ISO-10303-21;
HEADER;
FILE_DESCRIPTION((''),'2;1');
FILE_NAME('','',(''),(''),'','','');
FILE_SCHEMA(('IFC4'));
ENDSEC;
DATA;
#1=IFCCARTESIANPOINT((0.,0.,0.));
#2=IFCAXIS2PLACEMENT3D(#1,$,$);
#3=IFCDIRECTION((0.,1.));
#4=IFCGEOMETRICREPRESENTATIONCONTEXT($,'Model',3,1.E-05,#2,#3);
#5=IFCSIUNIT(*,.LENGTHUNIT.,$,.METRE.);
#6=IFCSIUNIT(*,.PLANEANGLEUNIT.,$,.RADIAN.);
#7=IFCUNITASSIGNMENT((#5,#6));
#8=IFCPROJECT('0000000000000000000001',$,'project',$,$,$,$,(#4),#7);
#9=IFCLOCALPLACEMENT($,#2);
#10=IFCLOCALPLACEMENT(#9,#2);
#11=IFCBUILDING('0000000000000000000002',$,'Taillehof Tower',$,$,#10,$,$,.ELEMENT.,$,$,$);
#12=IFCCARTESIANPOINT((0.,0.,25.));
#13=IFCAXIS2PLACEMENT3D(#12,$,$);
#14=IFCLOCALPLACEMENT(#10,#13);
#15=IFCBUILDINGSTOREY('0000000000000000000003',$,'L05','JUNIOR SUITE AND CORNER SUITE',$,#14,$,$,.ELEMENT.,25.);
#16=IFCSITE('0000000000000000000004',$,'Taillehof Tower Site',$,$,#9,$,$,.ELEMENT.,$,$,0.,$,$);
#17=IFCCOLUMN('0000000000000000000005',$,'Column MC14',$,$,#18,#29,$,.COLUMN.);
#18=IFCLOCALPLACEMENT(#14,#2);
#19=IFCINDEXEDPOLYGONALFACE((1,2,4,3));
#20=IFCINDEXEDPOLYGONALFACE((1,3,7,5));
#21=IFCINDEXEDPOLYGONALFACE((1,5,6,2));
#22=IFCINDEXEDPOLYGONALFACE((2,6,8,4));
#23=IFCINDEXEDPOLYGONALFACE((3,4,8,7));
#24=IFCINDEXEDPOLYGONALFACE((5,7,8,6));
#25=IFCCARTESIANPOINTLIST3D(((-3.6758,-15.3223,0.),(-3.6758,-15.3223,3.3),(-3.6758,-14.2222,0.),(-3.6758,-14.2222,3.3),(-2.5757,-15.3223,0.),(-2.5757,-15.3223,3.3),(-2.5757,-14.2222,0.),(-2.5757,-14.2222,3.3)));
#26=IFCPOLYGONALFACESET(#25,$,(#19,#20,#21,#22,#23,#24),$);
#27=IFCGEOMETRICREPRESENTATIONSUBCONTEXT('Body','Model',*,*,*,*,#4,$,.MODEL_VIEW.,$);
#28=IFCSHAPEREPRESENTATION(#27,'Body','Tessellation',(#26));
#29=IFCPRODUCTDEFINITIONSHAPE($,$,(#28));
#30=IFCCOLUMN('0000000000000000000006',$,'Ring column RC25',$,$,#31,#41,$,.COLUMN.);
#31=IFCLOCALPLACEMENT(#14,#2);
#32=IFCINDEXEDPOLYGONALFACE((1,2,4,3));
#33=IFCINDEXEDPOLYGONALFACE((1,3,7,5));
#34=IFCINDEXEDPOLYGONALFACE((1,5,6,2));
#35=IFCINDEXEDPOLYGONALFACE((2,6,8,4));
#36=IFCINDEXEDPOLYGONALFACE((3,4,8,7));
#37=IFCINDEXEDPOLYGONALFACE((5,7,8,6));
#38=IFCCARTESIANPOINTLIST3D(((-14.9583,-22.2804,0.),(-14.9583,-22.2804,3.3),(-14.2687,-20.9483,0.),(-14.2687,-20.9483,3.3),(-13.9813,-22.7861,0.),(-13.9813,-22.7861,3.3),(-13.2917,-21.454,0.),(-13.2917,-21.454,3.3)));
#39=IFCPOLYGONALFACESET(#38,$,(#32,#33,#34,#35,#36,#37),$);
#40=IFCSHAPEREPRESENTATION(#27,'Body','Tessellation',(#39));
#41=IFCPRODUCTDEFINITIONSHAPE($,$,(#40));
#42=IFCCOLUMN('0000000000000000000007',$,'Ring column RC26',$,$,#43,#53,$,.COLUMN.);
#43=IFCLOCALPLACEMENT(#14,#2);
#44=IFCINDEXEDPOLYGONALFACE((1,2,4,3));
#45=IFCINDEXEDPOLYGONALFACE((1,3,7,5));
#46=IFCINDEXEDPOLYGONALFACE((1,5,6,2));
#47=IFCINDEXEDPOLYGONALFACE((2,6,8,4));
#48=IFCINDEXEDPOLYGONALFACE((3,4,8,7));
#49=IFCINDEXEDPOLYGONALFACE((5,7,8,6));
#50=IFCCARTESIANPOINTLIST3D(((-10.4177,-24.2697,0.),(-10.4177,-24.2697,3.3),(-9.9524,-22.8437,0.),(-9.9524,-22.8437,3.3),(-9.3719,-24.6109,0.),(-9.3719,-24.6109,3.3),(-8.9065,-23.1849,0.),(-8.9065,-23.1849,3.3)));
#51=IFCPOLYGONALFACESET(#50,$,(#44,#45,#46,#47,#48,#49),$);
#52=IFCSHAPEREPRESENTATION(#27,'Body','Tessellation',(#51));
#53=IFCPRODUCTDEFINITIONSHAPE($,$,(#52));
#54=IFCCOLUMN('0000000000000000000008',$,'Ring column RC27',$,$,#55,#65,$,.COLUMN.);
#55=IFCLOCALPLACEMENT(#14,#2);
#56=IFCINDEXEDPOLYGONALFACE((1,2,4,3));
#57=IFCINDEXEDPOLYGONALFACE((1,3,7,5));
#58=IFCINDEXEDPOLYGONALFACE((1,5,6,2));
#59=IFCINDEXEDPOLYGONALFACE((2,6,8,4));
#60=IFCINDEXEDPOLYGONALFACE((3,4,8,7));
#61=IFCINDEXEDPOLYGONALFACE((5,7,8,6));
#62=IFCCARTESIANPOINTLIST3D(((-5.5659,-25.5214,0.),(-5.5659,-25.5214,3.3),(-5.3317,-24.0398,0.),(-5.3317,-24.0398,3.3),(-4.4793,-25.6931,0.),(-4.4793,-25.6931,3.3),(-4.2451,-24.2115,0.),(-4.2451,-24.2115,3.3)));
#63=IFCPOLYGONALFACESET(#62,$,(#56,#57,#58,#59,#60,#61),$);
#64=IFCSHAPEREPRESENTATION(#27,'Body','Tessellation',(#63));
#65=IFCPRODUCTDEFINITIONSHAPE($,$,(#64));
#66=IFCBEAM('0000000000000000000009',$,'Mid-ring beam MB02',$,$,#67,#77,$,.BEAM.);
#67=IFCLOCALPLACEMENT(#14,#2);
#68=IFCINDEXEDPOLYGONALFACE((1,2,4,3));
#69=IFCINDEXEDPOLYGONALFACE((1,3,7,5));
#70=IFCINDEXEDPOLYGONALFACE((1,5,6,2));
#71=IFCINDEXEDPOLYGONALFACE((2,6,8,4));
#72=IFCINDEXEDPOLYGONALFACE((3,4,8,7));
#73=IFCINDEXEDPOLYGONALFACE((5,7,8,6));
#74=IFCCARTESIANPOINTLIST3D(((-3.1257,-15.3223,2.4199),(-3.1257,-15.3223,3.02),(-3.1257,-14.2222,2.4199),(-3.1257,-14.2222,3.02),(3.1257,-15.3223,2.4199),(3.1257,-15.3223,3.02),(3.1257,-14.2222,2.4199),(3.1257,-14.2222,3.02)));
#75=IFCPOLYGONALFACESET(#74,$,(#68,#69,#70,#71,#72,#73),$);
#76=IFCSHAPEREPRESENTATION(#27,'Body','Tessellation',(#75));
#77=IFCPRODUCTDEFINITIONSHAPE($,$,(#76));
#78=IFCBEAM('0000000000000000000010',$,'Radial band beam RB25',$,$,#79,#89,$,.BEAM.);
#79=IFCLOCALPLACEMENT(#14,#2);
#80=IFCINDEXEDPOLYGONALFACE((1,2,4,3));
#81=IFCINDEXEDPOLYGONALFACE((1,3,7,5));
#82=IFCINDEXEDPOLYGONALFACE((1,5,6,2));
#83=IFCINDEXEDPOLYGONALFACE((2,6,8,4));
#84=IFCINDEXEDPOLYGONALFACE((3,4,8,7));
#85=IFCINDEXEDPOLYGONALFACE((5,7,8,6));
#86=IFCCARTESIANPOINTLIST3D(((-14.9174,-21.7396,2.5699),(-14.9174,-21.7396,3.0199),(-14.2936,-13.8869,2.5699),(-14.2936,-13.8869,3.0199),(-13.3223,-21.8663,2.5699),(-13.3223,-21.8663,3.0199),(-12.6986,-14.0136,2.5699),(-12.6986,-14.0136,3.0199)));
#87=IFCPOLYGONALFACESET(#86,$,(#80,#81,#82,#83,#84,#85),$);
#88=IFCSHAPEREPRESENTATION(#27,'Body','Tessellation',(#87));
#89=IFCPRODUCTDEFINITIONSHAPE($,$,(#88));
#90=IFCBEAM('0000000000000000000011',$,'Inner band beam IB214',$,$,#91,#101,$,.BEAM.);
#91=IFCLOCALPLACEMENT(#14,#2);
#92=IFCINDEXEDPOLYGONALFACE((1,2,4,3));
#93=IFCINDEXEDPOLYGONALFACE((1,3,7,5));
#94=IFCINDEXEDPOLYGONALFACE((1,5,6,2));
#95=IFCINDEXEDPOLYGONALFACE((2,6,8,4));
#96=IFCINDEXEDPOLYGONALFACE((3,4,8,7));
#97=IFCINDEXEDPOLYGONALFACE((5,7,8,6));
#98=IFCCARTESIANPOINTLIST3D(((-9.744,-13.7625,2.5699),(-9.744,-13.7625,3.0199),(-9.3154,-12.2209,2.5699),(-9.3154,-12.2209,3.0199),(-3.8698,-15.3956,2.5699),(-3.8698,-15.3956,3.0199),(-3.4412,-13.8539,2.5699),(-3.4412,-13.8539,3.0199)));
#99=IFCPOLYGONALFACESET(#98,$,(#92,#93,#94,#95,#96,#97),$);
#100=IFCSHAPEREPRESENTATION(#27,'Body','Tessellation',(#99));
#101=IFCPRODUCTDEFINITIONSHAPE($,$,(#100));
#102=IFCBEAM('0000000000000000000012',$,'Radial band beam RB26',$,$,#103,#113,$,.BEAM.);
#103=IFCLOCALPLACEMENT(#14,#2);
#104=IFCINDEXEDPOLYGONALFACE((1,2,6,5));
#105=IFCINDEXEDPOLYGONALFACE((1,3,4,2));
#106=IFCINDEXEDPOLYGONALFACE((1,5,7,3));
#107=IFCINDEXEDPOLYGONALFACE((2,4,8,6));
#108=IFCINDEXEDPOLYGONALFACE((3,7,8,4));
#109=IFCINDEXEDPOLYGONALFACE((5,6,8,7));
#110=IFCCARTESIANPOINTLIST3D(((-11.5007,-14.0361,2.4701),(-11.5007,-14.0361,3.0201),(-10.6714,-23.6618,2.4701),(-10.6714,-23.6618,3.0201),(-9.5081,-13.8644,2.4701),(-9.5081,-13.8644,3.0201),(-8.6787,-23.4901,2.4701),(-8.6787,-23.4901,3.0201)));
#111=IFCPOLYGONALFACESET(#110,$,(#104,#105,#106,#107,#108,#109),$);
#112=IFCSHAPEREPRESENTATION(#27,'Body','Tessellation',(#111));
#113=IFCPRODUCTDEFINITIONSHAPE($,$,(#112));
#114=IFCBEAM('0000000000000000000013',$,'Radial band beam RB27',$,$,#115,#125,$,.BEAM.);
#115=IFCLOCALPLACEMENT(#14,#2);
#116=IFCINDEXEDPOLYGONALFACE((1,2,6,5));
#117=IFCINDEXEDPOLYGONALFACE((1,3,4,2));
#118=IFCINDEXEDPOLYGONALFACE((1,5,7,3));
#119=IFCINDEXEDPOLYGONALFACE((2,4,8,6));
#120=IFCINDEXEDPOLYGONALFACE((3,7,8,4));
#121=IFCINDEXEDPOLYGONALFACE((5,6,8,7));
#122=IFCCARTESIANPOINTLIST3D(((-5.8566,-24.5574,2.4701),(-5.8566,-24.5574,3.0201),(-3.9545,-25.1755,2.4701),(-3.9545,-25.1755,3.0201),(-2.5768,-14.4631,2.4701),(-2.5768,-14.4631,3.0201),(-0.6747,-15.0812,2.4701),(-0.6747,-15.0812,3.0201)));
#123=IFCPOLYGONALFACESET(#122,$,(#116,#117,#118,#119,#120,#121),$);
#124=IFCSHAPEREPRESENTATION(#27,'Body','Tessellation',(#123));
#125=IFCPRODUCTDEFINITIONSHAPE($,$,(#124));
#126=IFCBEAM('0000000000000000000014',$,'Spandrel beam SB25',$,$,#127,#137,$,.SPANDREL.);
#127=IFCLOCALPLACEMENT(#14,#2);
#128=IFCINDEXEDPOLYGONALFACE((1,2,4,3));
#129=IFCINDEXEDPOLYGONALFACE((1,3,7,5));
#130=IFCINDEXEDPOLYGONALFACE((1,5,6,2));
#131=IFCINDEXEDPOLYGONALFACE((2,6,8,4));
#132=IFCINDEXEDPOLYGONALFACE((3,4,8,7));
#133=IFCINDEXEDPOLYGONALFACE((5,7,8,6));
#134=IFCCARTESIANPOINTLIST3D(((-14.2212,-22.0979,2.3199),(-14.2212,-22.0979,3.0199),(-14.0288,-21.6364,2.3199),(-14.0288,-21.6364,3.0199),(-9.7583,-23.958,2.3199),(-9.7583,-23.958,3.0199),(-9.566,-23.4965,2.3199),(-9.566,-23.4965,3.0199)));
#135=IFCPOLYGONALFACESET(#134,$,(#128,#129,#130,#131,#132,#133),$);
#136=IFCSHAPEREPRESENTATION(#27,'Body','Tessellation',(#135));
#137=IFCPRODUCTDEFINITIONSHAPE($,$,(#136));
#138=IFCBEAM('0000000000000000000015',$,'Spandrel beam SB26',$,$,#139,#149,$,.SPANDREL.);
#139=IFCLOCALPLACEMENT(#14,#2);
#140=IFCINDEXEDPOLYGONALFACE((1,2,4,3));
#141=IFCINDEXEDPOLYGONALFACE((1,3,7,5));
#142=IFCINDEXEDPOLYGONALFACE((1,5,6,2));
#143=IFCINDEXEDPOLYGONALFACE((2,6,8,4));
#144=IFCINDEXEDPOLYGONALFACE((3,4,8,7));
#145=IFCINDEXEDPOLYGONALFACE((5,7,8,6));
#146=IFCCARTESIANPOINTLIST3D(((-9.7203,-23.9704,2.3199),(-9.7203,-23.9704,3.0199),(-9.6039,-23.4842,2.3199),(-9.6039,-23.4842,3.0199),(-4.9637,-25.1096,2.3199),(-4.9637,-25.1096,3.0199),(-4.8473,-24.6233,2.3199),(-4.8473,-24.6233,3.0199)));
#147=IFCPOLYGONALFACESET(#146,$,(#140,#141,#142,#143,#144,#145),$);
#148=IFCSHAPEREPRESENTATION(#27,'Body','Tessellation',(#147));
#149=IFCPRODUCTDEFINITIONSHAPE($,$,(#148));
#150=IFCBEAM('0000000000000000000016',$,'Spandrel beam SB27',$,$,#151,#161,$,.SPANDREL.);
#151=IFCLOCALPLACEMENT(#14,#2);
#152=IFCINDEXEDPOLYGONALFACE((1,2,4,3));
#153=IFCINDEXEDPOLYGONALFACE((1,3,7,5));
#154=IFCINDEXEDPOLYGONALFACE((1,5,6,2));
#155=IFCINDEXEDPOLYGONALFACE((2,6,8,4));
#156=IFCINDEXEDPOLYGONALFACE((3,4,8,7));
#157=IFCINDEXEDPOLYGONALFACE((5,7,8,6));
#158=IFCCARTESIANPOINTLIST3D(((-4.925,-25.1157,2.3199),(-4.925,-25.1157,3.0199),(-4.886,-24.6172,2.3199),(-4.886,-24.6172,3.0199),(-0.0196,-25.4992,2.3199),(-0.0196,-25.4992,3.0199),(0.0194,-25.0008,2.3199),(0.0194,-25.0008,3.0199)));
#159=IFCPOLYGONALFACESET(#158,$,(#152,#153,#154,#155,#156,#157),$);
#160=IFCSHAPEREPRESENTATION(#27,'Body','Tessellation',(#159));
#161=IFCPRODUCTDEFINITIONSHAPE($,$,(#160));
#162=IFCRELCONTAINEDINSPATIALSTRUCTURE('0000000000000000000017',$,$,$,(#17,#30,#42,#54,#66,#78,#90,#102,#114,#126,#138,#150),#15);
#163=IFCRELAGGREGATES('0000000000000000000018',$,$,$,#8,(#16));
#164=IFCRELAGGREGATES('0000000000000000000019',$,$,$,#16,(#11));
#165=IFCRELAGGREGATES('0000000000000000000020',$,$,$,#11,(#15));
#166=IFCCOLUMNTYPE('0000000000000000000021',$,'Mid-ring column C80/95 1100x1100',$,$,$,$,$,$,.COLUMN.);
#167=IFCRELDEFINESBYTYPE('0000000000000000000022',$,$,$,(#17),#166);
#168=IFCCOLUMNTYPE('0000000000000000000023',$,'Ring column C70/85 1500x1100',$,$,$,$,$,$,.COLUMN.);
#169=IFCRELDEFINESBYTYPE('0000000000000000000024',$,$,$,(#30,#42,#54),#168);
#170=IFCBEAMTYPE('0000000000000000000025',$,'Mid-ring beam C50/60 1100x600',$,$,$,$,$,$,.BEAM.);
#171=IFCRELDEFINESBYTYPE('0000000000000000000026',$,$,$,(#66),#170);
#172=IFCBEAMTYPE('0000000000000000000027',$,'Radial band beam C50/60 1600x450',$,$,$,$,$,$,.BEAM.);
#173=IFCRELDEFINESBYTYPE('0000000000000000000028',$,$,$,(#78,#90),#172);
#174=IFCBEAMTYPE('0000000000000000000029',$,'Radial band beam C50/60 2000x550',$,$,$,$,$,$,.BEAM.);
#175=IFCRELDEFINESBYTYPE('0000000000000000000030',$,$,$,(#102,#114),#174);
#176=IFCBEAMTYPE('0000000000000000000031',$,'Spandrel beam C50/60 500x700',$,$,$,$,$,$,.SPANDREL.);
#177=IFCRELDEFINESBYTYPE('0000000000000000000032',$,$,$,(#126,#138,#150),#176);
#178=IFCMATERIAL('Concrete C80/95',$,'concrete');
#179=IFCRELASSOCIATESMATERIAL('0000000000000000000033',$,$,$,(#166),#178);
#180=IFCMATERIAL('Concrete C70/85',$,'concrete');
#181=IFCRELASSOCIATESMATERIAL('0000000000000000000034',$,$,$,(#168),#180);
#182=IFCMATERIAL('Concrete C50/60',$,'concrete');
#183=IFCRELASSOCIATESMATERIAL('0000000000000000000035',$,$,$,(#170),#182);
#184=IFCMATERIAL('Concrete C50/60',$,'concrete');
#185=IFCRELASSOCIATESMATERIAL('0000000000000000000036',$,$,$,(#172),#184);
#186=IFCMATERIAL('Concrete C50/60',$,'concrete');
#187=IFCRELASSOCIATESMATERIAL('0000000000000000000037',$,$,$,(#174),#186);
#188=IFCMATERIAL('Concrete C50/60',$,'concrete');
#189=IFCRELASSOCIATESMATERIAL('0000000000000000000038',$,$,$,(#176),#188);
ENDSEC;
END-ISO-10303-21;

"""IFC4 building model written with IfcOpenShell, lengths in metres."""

from ifc_helpers import new_model, si_unit, direction, frame, origin, origin_2d, place, context, subcontext, project, spatial, rectangle, extrude, material, material_profile, profile_set, type_object, element, save


model = new_model("IFC4")

# Units and contexts
model_context = context("Model", 3, precision=1e-05, world=origin(), true_north=direction((0.0, 1.0)))
body_context = subcontext(model_context, "Body", "Model", "MODEL_VIEW")
ifc_project = project(units=[si_unit("LENGTHUNIT", "METRE"), si_unit("PLANEANGLEUNIT", "RADIAN")], contexts=[model_context])

# Site, building, storey
site_placement = place(None, origin())
site = spatial("IfcSite", under=ifc_project, at=site_placement, Name="Taillehof Tower Site", CompositionType="ELEMENT", RefElevation=0.0)
building_placement = place(site_placement, origin())
building = spatial("IfcBuilding", under=site, at=building_placement, Name="Taillehof Tower", CompositionType="ELEMENT")
storey_placement = place(building_placement, frame((0.0, 0.0, 25.0)))
storey = spatial("IfcBuildingStorey", under=building, at=storey_placement, Name="L05", Description="JUNIOR SUITE AND CORNER SUITE", CompositionType="ELEMENT", Elevation=25.0)

# Columns
ifc_material_1 = material(Name="Concrete C80/95", Category="concrete")
ifc_material_profile_1 = material_profile(ifc_material_1, rectangle(XDim=1.1001, YDim=1.1001, at=origin_2d()), Name="RC 1100x1100")
ifc_profile_set_1 = profile_set([ifc_material_profile_1], Name="Concrete C80/95")
column_type_1 = type_object("IfcColumnType", Name="Mid-ring column C80/95 1100x1100", PredefinedType="COLUMN", material=ifc_profile_set_1)
column_placement = place(storey_placement, frame((-3.1257, -14.7722, 0.0), z_axis=(0.0, 0.0, 1.0), x_axis=(1.0, 0.0, 0.0)))
element("IfcColumn", 1, at=column_placement, inside=storey, type_object=column_type_1, Name="Column MC14", PredefinedType="COLUMN", context=body_context, shape_type="SweptSolid", body=[
    extrude(rectangle(XDim=1.1001, YDim=1.1001, at=origin_2d()), origin(), (0.0, 0.0, 1.0), 3.3),
])
ifc_material_2 = material(Name="Concrete C70/85", Category="concrete")
ifc_material_profile_2 = material_profile(ifc_material_2, rectangle(XDim=1.5, YDim=1.1001, at=origin_2d()), Name="RC 1500x1100")
ifc_profile_set_2 = profile_set([ifc_material_profile_2], Name="Concrete C70/85")
column_type_2 = type_object("IfcColumnType", Name="Ring column C70/85 1500x1100", PredefinedType="COLUMN", material=ifc_profile_set_2)
for number, where, z_axis, x_axis, name in (
    (2, (-14.125, -21.8672, 0.0), (0.0, 0.0, 1.0), (-0.459691, -0.888079, 0.0), "Ring column RC25"),
    (3, (-9.6621, -23.7273, 0.0), (0.0, 0.0, 1.0), (-0.310219, -0.950665, 0.0), "Ring column RC26"),
    (4, (-4.9055, -24.8665, 0.0), (0.0, 0.0, 1.0), (-0.156147, -0.987734, 0.0), "Ring column RC27"),
):
    element("IfcColumn", number, at=place(storey_placement, frame(where, z_axis=z_axis, x_axis=x_axis)), inside=storey, type_object=column_type_2, Name=name, PredefinedType="COLUMN", context=body_context, shape_type="SweptSolid", body=[
        extrude(rectangle(XDim=1.5, YDim=1.1001, at=origin_2d()), origin(), (0.0, 0.0, 1.0), 3.3),
    ])

# Beams
ifc_material_3 = material(Name="Concrete C50/60", Category="concrete")
ifc_material_profile_3 = material_profile(ifc_material_3, rectangle(XDim=1.1001, YDim=0.6001, at=origin_2d()), Name="RC 1100x600")
ifc_profile_set_3 = profile_set([ifc_material_profile_3], Name="Concrete C50/60")
beam_type_1 = type_object("IfcBeamType", Name="Mid-ring beam C50/60 1100x600", PredefinedType="BEAM", material=ifc_profile_set_3)
beam_1_placement = place(storey_placement, frame((-3.1257, -14.7722, 2.72), z_axis=(1.0, 0.0, 0.0), x_axis=(0.0, 1.0, 0.0)))
element("IfcBeam", 5, at=beam_1_placement, inside=storey, type_object=beam_type_1, Name="Mid-ring beam MB02", PredefinedType="BEAM", context=body_context, shape_type="SweptSolid", body=[
    extrude(rectangle(XDim=1.1001, YDim=0.6001, at=origin_2d()), origin(), (0.0, 0.0, 1.0), 6.2515),
])
ifc_material_4 = material(Name="Concrete C50/60", Category="concrete")
ifc_material_profile_4 = material_profile(ifc_material_4, rectangle(XDim=1.6001, YDim=0.45, at=origin_2d()), Name="RC 1600x450")
ifc_profile_set_4 = profile_set([ifc_material_profile_4], Name="Concrete C50/60")
beam_type_2 = type_object("IfcBeamType", Name="Radial band beam C50/60 1600x450", PredefinedType="BEAM", material=ifc_profile_set_4)
beam_2_placement = place(storey_placement, frame((-14.1199, -21.803, 2.7949), z_axis=(0.079185, 0.99686, 0.0), x_axis=(-0.99686, 0.079185, 0.0)))
element("IfcBeam", 6, at=beam_2_placement, inside=storey, type_object=beam_type_2, Name="Radial band beam RB25", PredefinedType="BEAM", context=body_context, shape_type="SweptSolid", body=[
    extrude(rectangle(XDim=1.6001, YDim=0.45, at=origin_2d()), origin(), (0.0, 0.0, 1.0), 7.8774),
])
beam_3_placement = place(storey_placement, frame((-3.6555, -14.6248, 2.7949), z_axis=(-0.963459, 0.267855, 0.0), x_axis=(-0.267855, -0.963459, 0.0)))
element("IfcBeam", 7, at=beam_3_placement, inside=storey, type_object=beam_type_2, Name="Inner band beam IB214", PredefinedType="BEAM", context=body_context, shape_type="SweptSolid", body=[
    extrude(rectangle(XDim=1.6001, YDim=0.45, at=origin_2d()), origin(), (0.0, 0.0, 1.0), 6.0969),
])
ifc_material_5 = material(Name="Concrete C50/60", Category="concrete")
ifc_material_profile_5 = material_profile(ifc_material_5, rectangle(XDim=2.0, YDim=0.55, at=origin_2d()), Name="RC 2000x550")
ifc_profile_set_5 = profile_set([ifc_material_profile_5], Name="Concrete C50/60")
beam_type_3 = type_object("IfcBeamType", Name="Radial band beam C50/60 2000x550", PredefinedType="BEAM", material=ifc_profile_set_5)
beam_4_placement = place(storey_placement, frame((-9.675, -23.5759, 2.7451), z_axis=(-0.085841, 0.996309, 0.0), x_axis=(-0.996309, -0.085841, 0.0)))
element("IfcBeam", 8, at=beam_4_placement, inside=storey, type_object=beam_type_3, Name="Radial band beam RB26", PredefinedType="BEAM", context=body_context, shape_type="SweptSolid", body=[
    extrude(rectangle(XDim=2.0, YDim=0.55, at=origin_2d()), origin(), (0.0, 0.0, 1.0), 9.6614),
])
beam_5_placement = place(storey_placement, frame((-4.9055, -24.8665, 2.7451), z_axis=(0.309014, 0.951057, 0.0), x_axis=(-0.951057, 0.309014, 0.0)))
element("IfcBeam", 9, at=beam_5_placement, inside=storey, type_object=beam_type_3, Name="Radial band beam RB27", PredefinedType="BEAM", context=body_context, shape_type="SweptSolid", body=[
    extrude(rectangle(XDim=2.0, YDim=0.55, at=origin_2d()), origin(), (0.0, 0.0, 1.0), 10.6138),
])
ifc_material_6 = material(Name="Concrete C50/60", Category="concrete")
ifc_material_profile_6 = material_profile(ifc_material_6, rectangle(XDim=0.5, YDim=0.7, at=origin_2d()), Name="RC 500x700")
ifc_profile_set_6 = profile_set([ifc_material_profile_6], Name="Concrete C50/60")
beam_type_4 = type_object("IfcBeamType", Name="Spandrel beam C50/60 500x700", PredefinedType="SPANDREL", material=ifc_profile_set_6)
beam_6_placement = place(storey_placement, frame((-14.125, -21.8672, 2.6699), z_axis=(0.923035, -0.384716, 0.0), x_axis=(0.384716, 0.923035, 0.0)))
element("IfcBeam", 10, at=beam_6_placement, inside=storey, type_object=beam_type_4, Name="Spandrel beam SB25", PredefinedType="SPANDREL", context=body_context, shape_type="SweptSolid", body=[
    extrude(rectangle(XDim=0.5, YDim=0.7, at=origin_2d()), origin(), (0.0, 0.0, 1.0), 4.835),
])
beam_7_placement = place(storey_placement, frame((-9.6621, -23.7273, 2.6699), z_axis=(0.9725, -0.232905, 0.0), x_axis=(0.232905, 0.9725, 0.0)))
element("IfcBeam", 11, at=beam_7_placement, inside=storey, type_object=beam_type_4, Name="Spandrel beam SB26", PredefinedType="SPANDREL", context=body_context, shape_type="SweptSolid", body=[
    extrude(rectangle(XDim=0.5, YDim=0.7, at=origin_2d()), origin(), (0.0, 0.0, 1.0), 4.8911),
])
beam_8_placement = place(storey_placement, frame((-4.9055, -24.8665, 2.6699), z_axis=(0.996957, -0.077949, 0.0), x_axis=(0.077949, 0.996957, 0.0)))
element("IfcBeam", 12, at=beam_8_placement, inside=storey, type_object=beam_type_4, Name="Spandrel beam SB27", PredefinedType="SPANDREL", context=body_context, shape_type="SweptSolid", body=[
    extrude(rectangle(XDim=0.5, YDim=0.7, at=origin_2d()), origin(), (0.0, 0.0, 1.0), 4.9204),
])

save(model, "model.ifc")
